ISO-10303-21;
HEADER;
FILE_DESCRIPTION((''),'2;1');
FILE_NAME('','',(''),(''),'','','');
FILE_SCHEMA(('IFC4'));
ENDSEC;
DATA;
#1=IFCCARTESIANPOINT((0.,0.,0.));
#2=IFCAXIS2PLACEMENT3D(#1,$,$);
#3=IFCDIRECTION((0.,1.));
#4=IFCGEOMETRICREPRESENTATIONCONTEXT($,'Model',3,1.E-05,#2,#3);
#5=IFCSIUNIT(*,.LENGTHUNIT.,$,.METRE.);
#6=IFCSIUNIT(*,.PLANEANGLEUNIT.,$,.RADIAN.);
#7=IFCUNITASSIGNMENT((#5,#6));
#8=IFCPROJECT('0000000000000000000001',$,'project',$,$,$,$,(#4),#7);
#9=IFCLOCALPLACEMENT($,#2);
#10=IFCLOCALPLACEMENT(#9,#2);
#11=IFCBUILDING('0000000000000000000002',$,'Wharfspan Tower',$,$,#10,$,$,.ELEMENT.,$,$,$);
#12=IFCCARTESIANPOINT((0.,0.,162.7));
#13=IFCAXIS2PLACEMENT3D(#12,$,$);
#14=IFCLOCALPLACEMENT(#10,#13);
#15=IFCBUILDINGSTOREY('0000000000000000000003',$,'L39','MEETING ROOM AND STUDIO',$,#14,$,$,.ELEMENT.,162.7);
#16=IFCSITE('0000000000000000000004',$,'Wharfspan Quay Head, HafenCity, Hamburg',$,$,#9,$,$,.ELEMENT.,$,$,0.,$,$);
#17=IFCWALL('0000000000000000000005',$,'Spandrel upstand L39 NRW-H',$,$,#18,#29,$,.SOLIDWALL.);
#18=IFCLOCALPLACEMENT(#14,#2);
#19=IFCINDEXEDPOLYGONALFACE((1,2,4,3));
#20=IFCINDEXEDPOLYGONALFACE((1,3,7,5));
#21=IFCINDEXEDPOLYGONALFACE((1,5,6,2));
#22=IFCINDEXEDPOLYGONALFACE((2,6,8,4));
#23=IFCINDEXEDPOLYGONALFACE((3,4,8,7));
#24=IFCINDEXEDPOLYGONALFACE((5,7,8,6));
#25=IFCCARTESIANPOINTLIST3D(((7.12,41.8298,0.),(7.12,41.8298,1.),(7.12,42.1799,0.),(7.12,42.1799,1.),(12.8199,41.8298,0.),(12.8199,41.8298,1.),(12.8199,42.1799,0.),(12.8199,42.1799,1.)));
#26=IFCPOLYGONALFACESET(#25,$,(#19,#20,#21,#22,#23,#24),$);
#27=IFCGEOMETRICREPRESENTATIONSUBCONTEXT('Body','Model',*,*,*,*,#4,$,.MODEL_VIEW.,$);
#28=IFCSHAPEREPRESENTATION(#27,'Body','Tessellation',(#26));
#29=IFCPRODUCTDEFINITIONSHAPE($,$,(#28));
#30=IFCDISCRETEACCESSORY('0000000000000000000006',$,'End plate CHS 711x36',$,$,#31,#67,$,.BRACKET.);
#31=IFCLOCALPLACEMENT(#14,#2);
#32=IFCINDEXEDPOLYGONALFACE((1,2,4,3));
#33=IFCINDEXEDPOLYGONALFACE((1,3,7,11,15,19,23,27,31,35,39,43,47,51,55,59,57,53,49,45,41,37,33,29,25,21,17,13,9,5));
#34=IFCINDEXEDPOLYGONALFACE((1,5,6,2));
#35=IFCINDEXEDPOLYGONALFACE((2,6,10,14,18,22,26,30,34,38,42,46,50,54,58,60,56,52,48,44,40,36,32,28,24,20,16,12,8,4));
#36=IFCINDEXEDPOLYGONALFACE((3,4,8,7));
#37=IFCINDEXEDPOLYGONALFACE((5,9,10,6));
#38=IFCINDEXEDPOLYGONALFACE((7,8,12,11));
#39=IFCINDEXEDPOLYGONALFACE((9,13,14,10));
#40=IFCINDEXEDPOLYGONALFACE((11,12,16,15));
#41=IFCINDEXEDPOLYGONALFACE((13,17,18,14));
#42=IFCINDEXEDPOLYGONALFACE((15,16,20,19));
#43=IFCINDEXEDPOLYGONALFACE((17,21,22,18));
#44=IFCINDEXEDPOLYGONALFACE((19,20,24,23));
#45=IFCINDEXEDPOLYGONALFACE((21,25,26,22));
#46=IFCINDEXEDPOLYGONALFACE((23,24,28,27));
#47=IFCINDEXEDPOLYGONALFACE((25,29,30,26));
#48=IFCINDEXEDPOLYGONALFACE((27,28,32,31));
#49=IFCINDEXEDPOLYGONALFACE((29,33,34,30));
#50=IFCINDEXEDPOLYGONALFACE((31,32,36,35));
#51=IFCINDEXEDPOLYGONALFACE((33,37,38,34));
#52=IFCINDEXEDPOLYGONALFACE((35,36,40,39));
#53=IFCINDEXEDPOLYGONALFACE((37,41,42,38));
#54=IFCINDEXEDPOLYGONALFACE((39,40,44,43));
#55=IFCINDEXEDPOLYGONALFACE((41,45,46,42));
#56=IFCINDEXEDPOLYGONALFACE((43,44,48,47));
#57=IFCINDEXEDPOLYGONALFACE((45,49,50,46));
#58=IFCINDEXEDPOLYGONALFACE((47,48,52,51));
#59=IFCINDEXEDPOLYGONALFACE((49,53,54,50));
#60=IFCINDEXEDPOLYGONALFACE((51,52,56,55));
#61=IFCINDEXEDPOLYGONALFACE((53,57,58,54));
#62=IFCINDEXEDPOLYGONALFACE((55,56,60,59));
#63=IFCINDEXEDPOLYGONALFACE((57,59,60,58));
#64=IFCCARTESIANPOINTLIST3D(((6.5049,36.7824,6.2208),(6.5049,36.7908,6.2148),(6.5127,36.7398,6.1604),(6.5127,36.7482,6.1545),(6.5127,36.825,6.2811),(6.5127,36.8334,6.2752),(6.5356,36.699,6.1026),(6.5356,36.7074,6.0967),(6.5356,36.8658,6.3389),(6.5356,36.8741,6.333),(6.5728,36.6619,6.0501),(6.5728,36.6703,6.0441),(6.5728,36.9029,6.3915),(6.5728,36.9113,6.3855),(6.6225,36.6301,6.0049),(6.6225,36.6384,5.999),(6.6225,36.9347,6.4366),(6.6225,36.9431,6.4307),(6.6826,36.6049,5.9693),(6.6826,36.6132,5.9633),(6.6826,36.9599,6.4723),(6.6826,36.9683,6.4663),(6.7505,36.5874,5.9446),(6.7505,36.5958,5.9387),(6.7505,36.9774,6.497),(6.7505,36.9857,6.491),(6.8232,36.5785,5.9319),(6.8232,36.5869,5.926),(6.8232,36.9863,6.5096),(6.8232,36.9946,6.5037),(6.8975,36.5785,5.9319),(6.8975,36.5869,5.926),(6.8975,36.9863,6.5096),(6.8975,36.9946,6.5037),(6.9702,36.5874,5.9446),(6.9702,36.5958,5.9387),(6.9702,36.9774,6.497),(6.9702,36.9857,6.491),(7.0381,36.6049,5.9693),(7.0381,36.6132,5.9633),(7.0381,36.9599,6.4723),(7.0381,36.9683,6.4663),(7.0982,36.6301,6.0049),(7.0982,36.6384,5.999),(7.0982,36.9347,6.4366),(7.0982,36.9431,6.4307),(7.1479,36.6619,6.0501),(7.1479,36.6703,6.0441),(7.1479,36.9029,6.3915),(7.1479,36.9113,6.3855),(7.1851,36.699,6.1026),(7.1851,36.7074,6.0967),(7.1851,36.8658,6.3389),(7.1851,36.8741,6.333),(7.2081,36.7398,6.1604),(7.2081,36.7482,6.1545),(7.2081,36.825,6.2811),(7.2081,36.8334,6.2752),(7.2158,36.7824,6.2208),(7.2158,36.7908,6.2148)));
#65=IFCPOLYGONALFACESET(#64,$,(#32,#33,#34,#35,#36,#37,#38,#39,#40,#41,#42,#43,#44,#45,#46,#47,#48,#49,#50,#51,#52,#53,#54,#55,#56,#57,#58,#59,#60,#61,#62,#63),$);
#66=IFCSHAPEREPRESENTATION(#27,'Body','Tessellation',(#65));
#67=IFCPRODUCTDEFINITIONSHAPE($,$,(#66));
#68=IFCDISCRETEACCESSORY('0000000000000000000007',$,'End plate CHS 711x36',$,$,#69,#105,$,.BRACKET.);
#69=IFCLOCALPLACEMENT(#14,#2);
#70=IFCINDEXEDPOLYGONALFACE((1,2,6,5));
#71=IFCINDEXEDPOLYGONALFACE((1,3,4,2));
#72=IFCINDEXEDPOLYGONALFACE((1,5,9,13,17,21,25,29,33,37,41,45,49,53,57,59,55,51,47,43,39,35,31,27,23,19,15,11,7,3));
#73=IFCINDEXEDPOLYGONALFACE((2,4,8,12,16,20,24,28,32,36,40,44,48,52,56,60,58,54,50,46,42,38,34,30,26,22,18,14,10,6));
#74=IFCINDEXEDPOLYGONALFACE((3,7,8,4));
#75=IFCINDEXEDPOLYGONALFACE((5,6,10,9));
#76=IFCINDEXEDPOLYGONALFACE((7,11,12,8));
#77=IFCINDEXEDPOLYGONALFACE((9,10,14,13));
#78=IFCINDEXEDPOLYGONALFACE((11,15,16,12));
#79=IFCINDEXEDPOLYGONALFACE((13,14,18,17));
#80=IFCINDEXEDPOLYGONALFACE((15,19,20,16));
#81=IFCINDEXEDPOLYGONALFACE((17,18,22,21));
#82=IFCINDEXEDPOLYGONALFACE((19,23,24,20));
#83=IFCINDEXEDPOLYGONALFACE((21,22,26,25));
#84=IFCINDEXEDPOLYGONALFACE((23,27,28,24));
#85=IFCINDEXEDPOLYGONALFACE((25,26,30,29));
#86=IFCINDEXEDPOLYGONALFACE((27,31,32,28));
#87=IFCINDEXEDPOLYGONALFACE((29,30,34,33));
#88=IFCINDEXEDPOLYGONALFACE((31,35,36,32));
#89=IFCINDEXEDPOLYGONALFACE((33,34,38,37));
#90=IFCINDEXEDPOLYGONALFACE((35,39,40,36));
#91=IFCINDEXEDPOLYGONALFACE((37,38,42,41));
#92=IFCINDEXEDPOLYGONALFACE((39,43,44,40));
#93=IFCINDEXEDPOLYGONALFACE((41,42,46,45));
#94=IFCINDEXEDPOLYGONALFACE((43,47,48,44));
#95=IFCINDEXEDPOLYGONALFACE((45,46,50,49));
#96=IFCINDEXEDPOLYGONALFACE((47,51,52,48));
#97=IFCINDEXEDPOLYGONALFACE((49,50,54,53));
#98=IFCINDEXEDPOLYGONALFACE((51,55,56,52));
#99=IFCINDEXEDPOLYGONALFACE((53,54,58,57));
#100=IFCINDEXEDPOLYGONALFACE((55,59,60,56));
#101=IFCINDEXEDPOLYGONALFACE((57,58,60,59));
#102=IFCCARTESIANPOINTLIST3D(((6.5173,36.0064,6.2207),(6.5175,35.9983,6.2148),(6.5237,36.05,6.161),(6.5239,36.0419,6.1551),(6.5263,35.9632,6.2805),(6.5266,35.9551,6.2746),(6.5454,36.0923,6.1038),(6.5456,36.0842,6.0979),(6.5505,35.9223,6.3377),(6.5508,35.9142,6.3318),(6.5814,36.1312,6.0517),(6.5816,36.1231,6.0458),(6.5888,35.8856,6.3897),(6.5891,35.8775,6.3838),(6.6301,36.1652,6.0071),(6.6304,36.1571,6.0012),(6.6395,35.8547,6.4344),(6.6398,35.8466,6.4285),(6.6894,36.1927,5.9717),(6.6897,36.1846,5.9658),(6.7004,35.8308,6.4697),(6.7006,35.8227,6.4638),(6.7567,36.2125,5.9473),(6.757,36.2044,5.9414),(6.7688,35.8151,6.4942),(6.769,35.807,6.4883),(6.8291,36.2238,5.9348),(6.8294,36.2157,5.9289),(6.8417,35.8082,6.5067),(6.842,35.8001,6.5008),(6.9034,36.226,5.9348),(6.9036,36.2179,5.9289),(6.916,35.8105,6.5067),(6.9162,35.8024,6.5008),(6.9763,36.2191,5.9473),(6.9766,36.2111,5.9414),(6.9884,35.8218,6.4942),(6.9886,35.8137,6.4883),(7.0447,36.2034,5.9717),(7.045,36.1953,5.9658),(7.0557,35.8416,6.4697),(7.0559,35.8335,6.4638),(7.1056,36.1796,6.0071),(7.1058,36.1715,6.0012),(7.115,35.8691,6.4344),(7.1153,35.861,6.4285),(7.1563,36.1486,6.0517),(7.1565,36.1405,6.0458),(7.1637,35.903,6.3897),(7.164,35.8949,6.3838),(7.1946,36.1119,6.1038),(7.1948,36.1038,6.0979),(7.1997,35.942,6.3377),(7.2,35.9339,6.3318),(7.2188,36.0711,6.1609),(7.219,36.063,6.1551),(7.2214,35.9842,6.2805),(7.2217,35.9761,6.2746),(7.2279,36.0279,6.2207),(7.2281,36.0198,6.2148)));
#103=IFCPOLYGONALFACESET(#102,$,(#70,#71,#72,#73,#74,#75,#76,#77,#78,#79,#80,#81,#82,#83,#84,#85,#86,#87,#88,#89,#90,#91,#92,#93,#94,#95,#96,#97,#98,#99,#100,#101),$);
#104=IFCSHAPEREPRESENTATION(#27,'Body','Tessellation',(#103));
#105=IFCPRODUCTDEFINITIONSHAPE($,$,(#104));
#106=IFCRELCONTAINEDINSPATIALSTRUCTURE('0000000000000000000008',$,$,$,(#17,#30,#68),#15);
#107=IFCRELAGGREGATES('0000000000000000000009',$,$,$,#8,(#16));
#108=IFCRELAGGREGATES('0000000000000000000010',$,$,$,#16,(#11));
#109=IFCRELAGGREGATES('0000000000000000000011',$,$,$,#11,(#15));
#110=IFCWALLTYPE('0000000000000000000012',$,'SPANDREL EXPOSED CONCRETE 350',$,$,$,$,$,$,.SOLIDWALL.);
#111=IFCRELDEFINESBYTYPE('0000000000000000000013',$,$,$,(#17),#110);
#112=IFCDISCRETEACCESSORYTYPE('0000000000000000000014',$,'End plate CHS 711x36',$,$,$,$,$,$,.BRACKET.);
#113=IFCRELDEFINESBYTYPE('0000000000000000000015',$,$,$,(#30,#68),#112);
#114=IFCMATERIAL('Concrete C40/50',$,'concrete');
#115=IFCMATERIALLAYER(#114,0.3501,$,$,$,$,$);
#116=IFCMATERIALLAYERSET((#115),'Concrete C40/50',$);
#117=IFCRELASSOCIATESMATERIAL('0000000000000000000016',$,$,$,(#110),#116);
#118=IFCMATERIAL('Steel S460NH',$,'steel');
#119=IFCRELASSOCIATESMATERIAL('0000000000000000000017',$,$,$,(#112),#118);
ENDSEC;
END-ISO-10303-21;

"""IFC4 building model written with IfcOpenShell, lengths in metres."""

from ifc_helpers import new_model, si_unit, direction, frame, frame_2d, origin, origin_2d, place, context, subcontext, project, spatial, rectangle, circle, extrude, material, layer, layer_set, material_profile, profile_set, type_object, element, save


model = new_model("IFC4")

# Units and contexts
model_context = context("Model", 3, precision=1e-05, world=origin(), true_north=direction((0.0, 1.0)))
body_context = subcontext(model_context, "Body", "Model", "MODEL_VIEW")
ifc_project = project(units=[si_unit("LENGTHUNIT", "METRE"), si_unit("PLANEANGLEUNIT", "RADIAN")], contexts=[model_context])

# Site, building, storey
site_placement = place(None, origin())
site = spatial("IfcSite", under=ifc_project, at=site_placement, Name="Wharfspan Quay Head, HafenCity, Hamburg", CompositionType="ELEMENT", RefElevation=0.0)
building_placement = place(site_placement, origin())
building = spatial("IfcBuilding", under=site, at=building_placement, Name="Wharfspan Tower", CompositionType="ELEMENT")
storey_placement = place(building_placement, frame((0.0, 0.0, 162.7)))
storey = spatial("IfcBuildingStorey", under=building, at=storey_placement, Name="L39", Description="MEETING ROOM AND STUDIO", CompositionType="ELEMENT", Elevation=162.7)

# Shared definitions
ifc_material_1 = material(Name="Steel S460NH", Category="steel")

# Wall
ifc_material_2 = material(Name="Concrete C40/50", Category="concrete")
ifc_layer_1 = layer(ifc_material_2, 0.3501)
ifc_layer_set_1 = layer_set([ifc_layer_1], Name="Concrete C40/50")
wall_type = type_object("IfcWallType", Name="SPANDREL EXPOSED CONCRETE 350", PredefinedType="SOLIDWALL", material=ifc_layer_set_1)
wall_1_placement = place(storey_placement, frame((12.8201, 42.0049, 0.0), z_axis=(0.0, 0.0, 1.0), x_axis=(-1.0, 0.0, 0.0)))
element("IfcWall", 1, at=wall_1_placement, inside=storey, type_object=wall_type, Name="Spandrel upstand L39 NRW-H", PredefinedType="SOLIDWALL", context=body_context, shape_type="SweptSolid", body=[
    extrude(rectangle(XDim=5.7, YDim=0.3501, at=frame_2d((2.8501, 0.0))), origin(), (0.0, 0.0, 1.0), 1.0),
])

# Discrete accessories
ifc_material_profile_1 = material_profile(ifc_material_1, circle(Radius=0.3555, at=origin_2d()))
ifc_profile_set_1 = profile_set([ifc_material_profile_1], Name="Steel S460NH")
discrete_accessory_type = type_object("IfcDiscreteAccessoryType", Name="End plate CHS 711x36", PredefinedType="BRACKET", material=ifc_profile_set_1)
discrete_accessory_1_placement = place(storey_placement, frame((6.8604, 36.7908, 6.2148), z_axis=(0.0, -0.816968, 0.576683), x_axis=(1.0, 0.0, 0.0)))
element("IfcDiscreteAccessory", 2, at=discrete_accessory_1_placement, inside=storey, type_object=discrete_accessory_type, Name="End plate CHS 711x36", PredefinedType="BRACKET", context=body_context, shape_type="SweptSolid", body=[
    extrude(circle(Radius=0.3555, at=origin_2d()), origin(), (0.0, 0.0, 1.0), 0.0103),
])
discrete_accessory_2_placement = place(storey_placement, frame((6.8728, 36.009, 6.2148), z_axis=(-0.0245, 0.808493, 0.587995), x_axis=(-0.999537, -0.03029, 0.000001)))
element("IfcDiscreteAccessory", 3, at=discrete_accessory_2_placement, inside=storey, type_object=discrete_accessory_type, Name="End plate CHS 711x36", PredefinedType="BRACKET", context=body_context, shape_type="SweptSolid", body=[
    extrude(circle(Radius=0.3555, at=origin_2d()), origin(), (0.0, 0.0, 1.0), 0.01),
])

save(model, "model.ifc")
